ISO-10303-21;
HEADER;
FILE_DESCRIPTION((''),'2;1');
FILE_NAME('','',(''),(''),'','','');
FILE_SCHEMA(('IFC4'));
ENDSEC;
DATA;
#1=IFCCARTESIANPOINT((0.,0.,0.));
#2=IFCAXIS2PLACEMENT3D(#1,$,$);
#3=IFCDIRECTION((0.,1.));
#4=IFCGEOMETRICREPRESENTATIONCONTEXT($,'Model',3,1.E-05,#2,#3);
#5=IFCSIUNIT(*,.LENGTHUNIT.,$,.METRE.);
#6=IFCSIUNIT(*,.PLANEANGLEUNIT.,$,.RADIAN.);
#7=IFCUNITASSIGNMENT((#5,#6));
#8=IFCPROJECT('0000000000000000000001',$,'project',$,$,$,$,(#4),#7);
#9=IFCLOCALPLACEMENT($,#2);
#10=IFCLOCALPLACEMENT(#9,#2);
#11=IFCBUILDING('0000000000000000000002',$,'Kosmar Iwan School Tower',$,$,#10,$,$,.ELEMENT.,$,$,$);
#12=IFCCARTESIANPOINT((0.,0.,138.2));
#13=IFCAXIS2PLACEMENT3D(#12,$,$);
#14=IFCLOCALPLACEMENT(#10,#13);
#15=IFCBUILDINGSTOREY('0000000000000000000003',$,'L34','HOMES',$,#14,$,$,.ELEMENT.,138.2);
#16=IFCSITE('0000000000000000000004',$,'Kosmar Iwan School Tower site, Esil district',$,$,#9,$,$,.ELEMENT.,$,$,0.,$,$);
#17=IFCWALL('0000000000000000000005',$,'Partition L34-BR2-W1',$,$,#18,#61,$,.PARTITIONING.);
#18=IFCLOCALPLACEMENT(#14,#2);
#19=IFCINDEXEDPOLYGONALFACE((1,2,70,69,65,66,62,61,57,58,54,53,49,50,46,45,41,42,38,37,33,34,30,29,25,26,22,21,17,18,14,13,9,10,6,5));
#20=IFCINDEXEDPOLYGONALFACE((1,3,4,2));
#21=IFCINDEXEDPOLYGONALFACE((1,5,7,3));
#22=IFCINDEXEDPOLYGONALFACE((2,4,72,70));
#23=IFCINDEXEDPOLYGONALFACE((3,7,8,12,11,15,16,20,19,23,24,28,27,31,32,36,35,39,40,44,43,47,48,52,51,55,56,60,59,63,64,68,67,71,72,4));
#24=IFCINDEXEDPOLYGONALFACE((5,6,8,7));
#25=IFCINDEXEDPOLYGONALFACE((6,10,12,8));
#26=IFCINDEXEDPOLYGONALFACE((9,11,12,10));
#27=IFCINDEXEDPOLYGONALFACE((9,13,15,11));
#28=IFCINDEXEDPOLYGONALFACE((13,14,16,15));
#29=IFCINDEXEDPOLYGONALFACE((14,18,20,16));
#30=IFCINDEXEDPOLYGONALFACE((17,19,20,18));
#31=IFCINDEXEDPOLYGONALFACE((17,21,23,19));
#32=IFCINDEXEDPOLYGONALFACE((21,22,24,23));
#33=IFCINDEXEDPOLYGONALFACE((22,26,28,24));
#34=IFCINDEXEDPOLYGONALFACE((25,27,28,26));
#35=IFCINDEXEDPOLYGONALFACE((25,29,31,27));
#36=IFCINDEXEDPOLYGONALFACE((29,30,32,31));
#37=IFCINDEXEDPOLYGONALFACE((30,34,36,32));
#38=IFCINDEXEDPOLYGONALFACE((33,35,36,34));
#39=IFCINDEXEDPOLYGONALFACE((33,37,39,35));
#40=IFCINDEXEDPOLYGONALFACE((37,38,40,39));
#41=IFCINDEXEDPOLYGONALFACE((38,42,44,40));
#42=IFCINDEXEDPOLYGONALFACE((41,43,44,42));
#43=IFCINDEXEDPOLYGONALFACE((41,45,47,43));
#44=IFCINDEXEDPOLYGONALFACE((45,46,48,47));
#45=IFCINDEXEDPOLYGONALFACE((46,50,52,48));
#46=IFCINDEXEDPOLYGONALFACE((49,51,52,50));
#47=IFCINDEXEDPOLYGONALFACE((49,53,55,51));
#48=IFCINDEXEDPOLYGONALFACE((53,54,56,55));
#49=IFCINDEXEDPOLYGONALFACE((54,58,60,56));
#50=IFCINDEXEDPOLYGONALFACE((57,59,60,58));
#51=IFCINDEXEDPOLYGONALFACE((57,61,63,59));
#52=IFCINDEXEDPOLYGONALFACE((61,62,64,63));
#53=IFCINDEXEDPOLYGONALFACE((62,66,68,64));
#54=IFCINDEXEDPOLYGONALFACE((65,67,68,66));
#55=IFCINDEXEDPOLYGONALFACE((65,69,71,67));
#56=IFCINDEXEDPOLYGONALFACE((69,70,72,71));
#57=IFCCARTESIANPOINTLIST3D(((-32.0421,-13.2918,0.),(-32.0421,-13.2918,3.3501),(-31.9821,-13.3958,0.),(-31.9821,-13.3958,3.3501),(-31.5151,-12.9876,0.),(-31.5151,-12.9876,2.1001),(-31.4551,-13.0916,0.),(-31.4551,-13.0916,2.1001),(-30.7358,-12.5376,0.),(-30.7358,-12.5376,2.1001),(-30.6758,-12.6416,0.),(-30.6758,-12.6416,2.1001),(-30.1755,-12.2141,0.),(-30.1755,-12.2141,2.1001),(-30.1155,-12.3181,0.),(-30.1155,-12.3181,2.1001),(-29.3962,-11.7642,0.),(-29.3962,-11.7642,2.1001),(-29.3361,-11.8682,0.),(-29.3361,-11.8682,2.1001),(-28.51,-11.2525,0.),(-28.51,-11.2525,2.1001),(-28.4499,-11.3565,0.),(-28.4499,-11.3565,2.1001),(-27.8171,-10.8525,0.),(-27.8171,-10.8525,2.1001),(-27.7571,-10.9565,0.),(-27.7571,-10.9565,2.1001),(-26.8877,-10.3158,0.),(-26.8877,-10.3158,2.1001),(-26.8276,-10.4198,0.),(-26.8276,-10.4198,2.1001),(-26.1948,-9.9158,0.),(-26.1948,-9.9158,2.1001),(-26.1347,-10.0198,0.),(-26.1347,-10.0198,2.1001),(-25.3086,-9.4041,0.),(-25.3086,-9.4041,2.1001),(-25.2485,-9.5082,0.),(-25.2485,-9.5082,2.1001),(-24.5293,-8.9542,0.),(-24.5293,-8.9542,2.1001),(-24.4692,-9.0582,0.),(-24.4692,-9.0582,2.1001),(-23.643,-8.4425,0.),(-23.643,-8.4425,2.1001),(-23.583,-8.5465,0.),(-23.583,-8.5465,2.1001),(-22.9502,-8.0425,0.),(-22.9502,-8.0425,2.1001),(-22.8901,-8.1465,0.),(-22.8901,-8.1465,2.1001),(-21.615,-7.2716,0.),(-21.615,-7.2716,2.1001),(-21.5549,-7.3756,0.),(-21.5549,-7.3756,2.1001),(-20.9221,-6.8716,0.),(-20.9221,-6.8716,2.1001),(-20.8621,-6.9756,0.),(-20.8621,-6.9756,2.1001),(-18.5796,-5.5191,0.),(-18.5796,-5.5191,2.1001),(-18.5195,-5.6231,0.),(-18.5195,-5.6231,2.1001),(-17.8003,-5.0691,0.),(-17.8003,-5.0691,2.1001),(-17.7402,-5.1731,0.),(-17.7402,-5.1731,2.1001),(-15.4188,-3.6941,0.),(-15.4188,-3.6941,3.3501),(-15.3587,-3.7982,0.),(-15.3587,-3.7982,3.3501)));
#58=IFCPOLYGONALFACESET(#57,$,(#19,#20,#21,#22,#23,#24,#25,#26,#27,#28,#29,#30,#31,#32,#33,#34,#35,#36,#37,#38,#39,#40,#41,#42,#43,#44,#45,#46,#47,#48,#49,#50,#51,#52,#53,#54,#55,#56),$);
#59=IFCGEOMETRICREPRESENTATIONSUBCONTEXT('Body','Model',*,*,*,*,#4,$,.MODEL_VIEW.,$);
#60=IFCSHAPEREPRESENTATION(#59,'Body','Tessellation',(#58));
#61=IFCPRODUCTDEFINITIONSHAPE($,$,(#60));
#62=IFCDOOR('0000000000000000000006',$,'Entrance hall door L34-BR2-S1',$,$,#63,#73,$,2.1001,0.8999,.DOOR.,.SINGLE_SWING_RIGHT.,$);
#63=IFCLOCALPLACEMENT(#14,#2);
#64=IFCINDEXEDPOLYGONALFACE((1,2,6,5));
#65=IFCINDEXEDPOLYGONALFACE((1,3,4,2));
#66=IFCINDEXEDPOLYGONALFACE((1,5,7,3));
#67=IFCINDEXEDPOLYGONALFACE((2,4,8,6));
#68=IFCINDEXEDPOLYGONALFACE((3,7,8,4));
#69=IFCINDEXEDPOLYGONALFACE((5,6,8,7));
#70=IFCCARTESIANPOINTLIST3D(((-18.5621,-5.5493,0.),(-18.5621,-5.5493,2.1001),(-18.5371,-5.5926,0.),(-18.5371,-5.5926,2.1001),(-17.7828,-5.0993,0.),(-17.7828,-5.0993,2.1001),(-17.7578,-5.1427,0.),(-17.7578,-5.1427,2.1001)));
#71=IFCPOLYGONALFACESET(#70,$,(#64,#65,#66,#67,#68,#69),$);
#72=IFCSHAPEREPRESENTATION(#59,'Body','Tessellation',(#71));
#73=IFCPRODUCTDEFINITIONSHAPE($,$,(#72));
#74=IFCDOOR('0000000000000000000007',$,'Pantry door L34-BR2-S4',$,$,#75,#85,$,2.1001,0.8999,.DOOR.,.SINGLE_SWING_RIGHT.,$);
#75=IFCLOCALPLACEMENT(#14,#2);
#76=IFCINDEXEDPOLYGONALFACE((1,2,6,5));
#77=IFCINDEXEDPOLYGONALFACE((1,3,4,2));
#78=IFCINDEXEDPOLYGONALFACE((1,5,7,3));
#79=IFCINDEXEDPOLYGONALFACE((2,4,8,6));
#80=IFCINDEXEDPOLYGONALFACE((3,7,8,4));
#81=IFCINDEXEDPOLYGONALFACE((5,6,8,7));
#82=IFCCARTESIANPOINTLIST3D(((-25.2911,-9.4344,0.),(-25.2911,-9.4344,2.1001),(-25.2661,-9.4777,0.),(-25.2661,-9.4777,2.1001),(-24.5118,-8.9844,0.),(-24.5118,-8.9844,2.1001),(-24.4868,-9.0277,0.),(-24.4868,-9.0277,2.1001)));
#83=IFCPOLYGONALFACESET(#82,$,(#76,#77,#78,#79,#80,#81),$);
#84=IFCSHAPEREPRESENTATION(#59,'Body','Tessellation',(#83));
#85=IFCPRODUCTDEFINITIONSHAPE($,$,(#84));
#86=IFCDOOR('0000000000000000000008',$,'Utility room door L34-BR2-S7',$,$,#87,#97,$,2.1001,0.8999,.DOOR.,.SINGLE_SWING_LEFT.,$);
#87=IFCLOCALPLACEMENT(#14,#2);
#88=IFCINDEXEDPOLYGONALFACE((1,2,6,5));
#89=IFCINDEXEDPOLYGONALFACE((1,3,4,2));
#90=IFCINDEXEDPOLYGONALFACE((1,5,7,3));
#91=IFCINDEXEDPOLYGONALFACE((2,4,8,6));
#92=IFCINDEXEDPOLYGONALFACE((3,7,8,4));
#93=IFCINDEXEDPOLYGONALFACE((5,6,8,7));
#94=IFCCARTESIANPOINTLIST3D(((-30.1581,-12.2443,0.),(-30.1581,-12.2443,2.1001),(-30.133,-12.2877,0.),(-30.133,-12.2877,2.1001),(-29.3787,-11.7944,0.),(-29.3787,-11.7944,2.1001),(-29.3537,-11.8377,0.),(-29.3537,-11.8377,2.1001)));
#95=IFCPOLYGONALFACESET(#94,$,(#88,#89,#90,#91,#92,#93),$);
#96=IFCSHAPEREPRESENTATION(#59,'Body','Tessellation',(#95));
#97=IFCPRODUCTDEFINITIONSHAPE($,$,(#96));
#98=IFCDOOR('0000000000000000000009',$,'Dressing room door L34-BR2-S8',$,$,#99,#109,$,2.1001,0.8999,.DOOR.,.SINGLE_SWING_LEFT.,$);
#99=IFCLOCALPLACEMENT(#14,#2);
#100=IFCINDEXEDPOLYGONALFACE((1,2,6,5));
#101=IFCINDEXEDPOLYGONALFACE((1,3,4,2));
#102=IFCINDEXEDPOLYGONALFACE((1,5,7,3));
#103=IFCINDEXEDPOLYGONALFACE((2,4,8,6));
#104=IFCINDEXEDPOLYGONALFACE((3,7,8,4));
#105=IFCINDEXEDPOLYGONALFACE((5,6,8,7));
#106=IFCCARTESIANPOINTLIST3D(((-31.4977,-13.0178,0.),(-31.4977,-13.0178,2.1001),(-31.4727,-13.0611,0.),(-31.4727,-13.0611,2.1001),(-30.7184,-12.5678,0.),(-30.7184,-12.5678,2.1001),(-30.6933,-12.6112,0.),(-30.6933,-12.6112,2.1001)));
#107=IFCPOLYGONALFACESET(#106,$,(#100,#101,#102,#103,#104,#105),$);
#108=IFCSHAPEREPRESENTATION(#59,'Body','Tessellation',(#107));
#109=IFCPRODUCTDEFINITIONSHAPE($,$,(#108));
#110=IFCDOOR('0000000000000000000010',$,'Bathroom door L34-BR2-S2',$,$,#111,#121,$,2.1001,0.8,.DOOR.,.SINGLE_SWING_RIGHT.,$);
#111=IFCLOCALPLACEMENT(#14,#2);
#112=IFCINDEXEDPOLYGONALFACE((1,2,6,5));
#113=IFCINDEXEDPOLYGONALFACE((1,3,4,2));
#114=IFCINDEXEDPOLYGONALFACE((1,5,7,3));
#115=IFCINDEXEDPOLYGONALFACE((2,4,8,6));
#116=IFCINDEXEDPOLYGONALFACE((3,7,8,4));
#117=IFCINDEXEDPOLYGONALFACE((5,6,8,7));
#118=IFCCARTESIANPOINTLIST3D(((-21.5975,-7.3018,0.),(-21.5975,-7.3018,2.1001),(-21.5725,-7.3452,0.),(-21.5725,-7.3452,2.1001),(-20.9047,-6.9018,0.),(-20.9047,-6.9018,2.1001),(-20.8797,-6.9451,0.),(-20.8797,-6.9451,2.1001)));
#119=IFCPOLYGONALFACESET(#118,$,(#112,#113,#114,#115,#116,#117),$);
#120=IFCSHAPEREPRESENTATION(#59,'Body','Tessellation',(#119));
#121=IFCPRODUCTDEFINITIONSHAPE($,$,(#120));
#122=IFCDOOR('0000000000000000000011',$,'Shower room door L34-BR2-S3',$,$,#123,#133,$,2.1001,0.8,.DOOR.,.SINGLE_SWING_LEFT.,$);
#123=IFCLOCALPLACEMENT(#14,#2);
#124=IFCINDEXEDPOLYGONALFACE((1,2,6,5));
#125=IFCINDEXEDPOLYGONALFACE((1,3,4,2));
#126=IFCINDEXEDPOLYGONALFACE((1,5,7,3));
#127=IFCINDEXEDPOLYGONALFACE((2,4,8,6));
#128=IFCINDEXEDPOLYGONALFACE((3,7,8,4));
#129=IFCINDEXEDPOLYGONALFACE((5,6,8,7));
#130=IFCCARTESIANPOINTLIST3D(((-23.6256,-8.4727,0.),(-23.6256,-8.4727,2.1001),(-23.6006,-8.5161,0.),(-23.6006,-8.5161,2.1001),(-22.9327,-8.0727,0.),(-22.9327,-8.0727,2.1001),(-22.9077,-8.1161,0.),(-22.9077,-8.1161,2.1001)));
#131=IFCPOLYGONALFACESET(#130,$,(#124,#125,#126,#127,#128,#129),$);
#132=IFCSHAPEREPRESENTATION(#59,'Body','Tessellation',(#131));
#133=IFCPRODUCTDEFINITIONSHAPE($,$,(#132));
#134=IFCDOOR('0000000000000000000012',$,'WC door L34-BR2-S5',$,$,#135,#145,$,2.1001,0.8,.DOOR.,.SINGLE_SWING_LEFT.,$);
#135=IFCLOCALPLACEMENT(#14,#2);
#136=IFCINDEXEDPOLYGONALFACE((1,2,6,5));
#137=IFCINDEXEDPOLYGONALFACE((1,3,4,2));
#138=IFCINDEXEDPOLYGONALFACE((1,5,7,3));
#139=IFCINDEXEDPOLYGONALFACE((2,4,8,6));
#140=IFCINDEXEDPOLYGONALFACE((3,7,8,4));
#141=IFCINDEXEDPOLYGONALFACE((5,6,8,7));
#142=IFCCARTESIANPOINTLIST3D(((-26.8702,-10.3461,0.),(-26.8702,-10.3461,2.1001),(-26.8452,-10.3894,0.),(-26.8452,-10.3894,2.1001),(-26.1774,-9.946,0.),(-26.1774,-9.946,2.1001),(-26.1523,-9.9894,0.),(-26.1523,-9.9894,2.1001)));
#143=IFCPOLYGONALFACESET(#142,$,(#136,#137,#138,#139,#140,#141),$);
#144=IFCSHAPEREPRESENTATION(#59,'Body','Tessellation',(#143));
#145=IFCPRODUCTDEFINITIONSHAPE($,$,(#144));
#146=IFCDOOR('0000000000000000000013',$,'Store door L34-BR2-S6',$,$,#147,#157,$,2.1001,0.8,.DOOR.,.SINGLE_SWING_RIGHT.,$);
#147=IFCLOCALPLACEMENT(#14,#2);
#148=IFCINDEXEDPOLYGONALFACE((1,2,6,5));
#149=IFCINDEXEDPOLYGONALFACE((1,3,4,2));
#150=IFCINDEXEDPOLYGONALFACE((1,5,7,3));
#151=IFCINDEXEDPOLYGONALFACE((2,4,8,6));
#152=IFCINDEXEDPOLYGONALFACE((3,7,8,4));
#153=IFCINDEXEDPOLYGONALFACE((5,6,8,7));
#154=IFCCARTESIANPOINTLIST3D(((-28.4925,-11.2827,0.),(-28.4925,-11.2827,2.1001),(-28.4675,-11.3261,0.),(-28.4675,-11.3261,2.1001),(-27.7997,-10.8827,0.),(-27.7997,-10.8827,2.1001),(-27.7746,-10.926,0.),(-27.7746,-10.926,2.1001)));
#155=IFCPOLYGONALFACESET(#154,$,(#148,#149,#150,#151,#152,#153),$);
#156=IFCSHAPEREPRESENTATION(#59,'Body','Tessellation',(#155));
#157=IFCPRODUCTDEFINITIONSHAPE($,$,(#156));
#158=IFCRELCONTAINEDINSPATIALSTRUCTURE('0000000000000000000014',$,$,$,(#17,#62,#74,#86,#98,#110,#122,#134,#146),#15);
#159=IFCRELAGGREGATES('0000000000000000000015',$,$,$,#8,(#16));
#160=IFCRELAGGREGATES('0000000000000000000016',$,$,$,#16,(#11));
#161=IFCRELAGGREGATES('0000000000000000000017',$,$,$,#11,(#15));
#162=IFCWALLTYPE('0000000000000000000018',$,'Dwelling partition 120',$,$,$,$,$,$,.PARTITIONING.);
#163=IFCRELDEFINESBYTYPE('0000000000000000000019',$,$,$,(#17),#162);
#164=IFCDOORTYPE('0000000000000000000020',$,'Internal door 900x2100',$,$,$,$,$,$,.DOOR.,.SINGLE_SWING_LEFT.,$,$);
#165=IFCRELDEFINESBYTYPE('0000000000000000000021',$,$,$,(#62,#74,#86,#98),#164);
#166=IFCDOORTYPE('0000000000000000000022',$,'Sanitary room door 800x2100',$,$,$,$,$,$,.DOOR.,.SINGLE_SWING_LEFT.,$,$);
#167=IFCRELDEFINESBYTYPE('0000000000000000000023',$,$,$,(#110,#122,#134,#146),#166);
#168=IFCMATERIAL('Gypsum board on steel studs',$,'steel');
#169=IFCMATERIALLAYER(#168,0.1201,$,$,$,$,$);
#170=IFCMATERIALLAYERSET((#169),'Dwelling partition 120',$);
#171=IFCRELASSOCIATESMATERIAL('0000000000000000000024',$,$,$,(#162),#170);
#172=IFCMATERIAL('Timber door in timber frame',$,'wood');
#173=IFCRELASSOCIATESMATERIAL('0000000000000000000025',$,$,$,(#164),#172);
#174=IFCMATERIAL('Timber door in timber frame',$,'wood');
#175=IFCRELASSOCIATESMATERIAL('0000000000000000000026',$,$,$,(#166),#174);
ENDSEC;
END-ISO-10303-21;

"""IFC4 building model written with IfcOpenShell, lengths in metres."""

from ifc_helpers import new_model, si_unit, direction, frame, frame_2d, origin, place, context, subcontext, project, spatial, rectangle, extrude, material, layer, layer_set, type_object, element, fill, save


model = new_model("IFC4")

# Units and contexts
model_context = context("Model", 3, precision=1e-05, world=origin(), true_north=direction((0.0, 1.0)))
body_context = subcontext(model_context, "Body", "Model", "MODEL_VIEW")
ifc_project = project(units=[si_unit("LENGTHUNIT", "METRE"), si_unit("PLANEANGLEUNIT", "RADIAN")], contexts=[model_context])

# Site, building, storey
site_placement = place(None, origin())
site = spatial("IfcSite", under=ifc_project, at=site_placement, Name="Kosmar Iwan School Tower site, Esil district", CompositionType="ELEMENT", RefElevation=0.0)
building_placement = place(site_placement, origin())
building = spatial("IfcBuilding", under=site, at=building_placement, Name="Kosmar Iwan School Tower", CompositionType="ELEMENT")
storey_placement = place(building_placement, frame((0.0, 0.0, 138.2)))
storey = spatial("IfcBuildingStorey", under=building, at=storey_placement, Name="L34", Description="HOMES", CompositionType="ELEMENT", Elevation=138.2)

# Wall, openings, doors
ifc_material_1 = material(Name="Gypsum board on steel studs", Category="steel")
ifc_layer_1 = layer(ifc_material_1, 0.1201)
ifc_layer_set_1 = layer_set([ifc_layer_1], Name="Dwelling partition 120")
wall_type_1 = type_object("IfcWallType", Name="Dwelling partition 120", PredefinedType="PARTITIONING", material=ifc_layer_set_1)
wall_1_placement = place(storey_placement, frame((-15.3887, -3.7461, 0.0), z_axis=(0.0, 0.0, 1.0), x_axis=(-0.866021, -0.500008, 0.0)))
wall_1 = element("IfcWall", 1, at=wall_1_placement, inside=storey, type_object=wall_type_1, Name="Partition L34-BR2-W1", PredefinedType="PARTITIONING", context=body_context, shape_type="SweptSolid", body=[
    extrude(rectangle(XDim=19.1951, YDim=0.1201, at=frame_2d((9.5977, 0.0))), origin(), (0.0, 0.0, 1.0), 3.3501),
])
opening_1_placement = place(wall_1_placement, frame((2.75, 0.0, 0.0)))
opening_1 = element("IfcOpeningElement", 2, at=opening_1_placement, cuts=wall_1, PredefinedType="OPENING", context=body_context, shape_type="SweptSolid", body=[
    extrude(rectangle(XDim=0.8999, YDim=2.1001, at=frame_2d((0.45, 1.05))), frame((0.0, 0.072, 0.0), z_axis=(0.0, -1.0, 0.0), x_axis=(1.0, 0.0, 0.0)), (0.0, 0.0, 1.0), 0.144),
])
opening_2_placement = place(wall_1_placement, frame((6.355, 0.0, 0.0)))
opening_2 = element("IfcOpeningElement", 3, at=opening_2_placement, cuts=wall_1, PredefinedType="OPENING", context=body_context, shape_type="SweptSolid", body=[
    extrude(rectangle(XDim=0.8, YDim=2.1001, at=frame_2d((0.3999, 1.05))), frame((0.0, 0.072, 0.0), z_axis=(0.0, -1.0, 0.0), x_axis=(1.0, 0.0, 0.0)), (0.0, 0.0, 1.0), 0.144),
])
opening_3_placement = place(wall_1_placement, frame((8.6968, 0.0, 0.0)))
opening_3 = element("IfcOpeningElement", 4, at=opening_3_placement, cuts=wall_1, PredefinedType="OPENING", context=body_context, shape_type="SweptSolid", body=[
    extrude(rectangle(XDim=0.8, YDim=2.1001, at=frame_2d((0.3999, 1.05))), frame((0.0, 0.072, 0.0), z_axis=(0.0, -1.0, 0.0), x_axis=(1.0, 0.0, 0.0)), (0.0, 0.0, 1.0), 0.144),
])
opening_4_placement = place(wall_1_placement, frame((10.52, 0.0, 0.0)))
opening_4 = element("IfcOpeningElement", 5, at=opening_4_placement, cuts=wall_1, PredefinedType="OPENING", context=body_context, shape_type="SweptSolid", body=[
    extrude(rectangle(XDim=0.8999, YDim=2.1001, at=frame_2d((0.45, 1.05))), frame((0.0, 0.072, 0.0), z_axis=(0.0, -1.0, 0.0), x_axis=(1.0, 0.0, 0.0)), (0.0, 0.0, 1.0), 0.144),
])
opening_5_placement = place(wall_1_placement, frame((12.4434, 0.0, 0.0)))
opening_5 = element("IfcOpeningElement", 6, at=opening_5_placement, cuts=wall_1, PredefinedType="OPENING", context=body_context, shape_type="SweptSolid", body=[
    extrude(rectangle(XDim=0.8, YDim=2.1001, at=frame_2d((0.3999, 1.05))), frame((0.0, 0.072, 0.0), z_axis=(0.0, -1.0, 0.0), x_axis=(1.0, 0.0, 0.0)), (0.0, 0.0, 1.0), 0.144),
])
opening_6_placement = place(wall_1_placement, frame((14.3167, 0.0, 0.0)))
opening_6 = element("IfcOpeningElement", 7, at=opening_6_placement, cuts=wall_1, PredefinedType="OPENING", context=body_context, shape_type="SweptSolid", body=[
    extrude(rectangle(XDim=0.8, YDim=2.1001, at=frame_2d((0.3999, 1.05))), frame((0.0, 0.072, 0.0), z_axis=(0.0, -1.0, 0.0), x_axis=(1.0, 0.0, 0.0)), (0.0, 0.0, 1.0), 0.144),
])
opening_7_placement = place(wall_1_placement, frame((16.1399, 0.0, 0.0)))
opening_7 = element("IfcOpeningElement", 8, at=opening_7_placement, cuts=wall_1, PredefinedType="OPENING", context=body_context, shape_type="SweptSolid", body=[
    extrude(rectangle(XDim=0.8999, YDim=2.1001, at=frame_2d((0.45, 1.05))), frame((0.0, 0.072, 0.0), z_axis=(0.0, -1.0, 0.0), x_axis=(1.0, 0.0, 0.0)), (0.0, 0.0, 1.0), 0.144),
])
opening_8_placement = place(wall_1_placement, frame((17.6868, 0.0, 0.0)))
opening_8 = element("IfcOpeningElement", 9, at=opening_8_placement, cuts=wall_1, PredefinedType="OPENING", context=body_context, shape_type="SweptSolid", body=[
    extrude(rectangle(XDim=0.8999, YDim=2.1001, at=frame_2d((0.45, 1.05))), frame((0.0, 0.072, 0.0), z_axis=(0.0, -1.0, 0.0), x_axis=(1.0, 0.0, 0.0)), (0.0, 0.0, 1.0), 0.144),
])
ifc_material_2 = material(Name="Timber door in timber frame", Category="wood")
door_type_1 = type_object("IfcDoorType", Name="Internal door 900x2100", OperationType="SINGLE_SWING_LEFT", PredefinedType="DOOR", material=ifc_material_2)
door_1_placement = place(opening_1_placement, origin())
door_1 = element("IfcDoor", 10, at=door_1_placement, inside=storey, type_object=door_type_1, Name="Entrance hall door L34-BR2-S1", OperationType="SINGLE_SWING_RIGHT", OverallHeight=2.1001, OverallWidth=0.8999, PredefinedType="DOOR", context=body_context, shape_type="SweptSolid", body=[
    extrude(rectangle(XDim=0.8999, YDim=2.1001, at=frame_2d((0.45, 1.05))), frame((0.0, 0.0249, 0.0), z_axis=(0.0, -1.0, 0.0), x_axis=(1.0, 0.0, 0.0)), (0.0, 0.0, 1.0), 0.05),
])
fill(opening_1, door_1)
door_2_placement = place(opening_4_placement, origin())
door_2 = element("IfcDoor", 11, at=door_2_placement, inside=storey, type_object=door_type_1, Name="Pantry door L34-BR2-S4", OperationType="SINGLE_SWING_RIGHT", OverallHeight=2.1001, OverallWidth=0.8999, PredefinedType="DOOR", context=body_context, shape_type="SweptSolid", body=[
    extrude(rectangle(XDim=0.8999, YDim=2.1001, at=frame_2d((0.45, 1.05))), frame((0.0, 0.0249, 0.0), z_axis=(0.0, -1.0, 0.0), x_axis=(1.0, 0.0, 0.0)), (0.0, 0.0, 1.0), 0.05),
])
fill(opening_4, door_2)
door_3_placement = place(opening_7_placement, origin())
door_3 = element("IfcDoor", 12, at=door_3_placement, inside=storey, type_object=door_type_1, Name="Utility room door L34-BR2-S7", OperationType="SINGLE_SWING_LEFT", OverallHeight=2.1001, OverallWidth=0.8999, PredefinedType="DOOR", context=body_context, shape_type="SweptSolid", body=[
    extrude(rectangle(XDim=0.8999, YDim=2.1001, at=frame_2d((0.45, 1.05))), frame((0.0, 0.0249, 0.0), z_axis=(0.0, -1.0, 0.0), x_axis=(1.0, 0.0, 0.0)), (0.0, 0.0, 1.0), 0.05),
])
fill(opening_7, door_3)
door_4_placement = place(opening_8_placement, origin())
door_4 = element("IfcDoor", 13, at=door_4_placement, inside=storey, type_object=door_type_1, Name="Dressing room door L34-BR2-S8", OperationType="SINGLE_SWING_LEFT", OverallHeight=2.1001, OverallWidth=0.8999, PredefinedType="DOOR", context=body_context, shape_type="SweptSolid", body=[
    extrude(rectangle(XDim=0.8999, YDim=2.1001, at=frame_2d((0.45, 1.05))), frame((0.0, 0.0249, 0.0), z_axis=(0.0, -1.0, 0.0), x_axis=(1.0, 0.0, 0.0)), (0.0, 0.0, 1.0), 0.05),
])
fill(opening_8, door_4)
ifc_material_3 = material(Name="Timber door in timber frame", Category="wood")
door_type_2 = type_object("IfcDoorType", Name="Sanitary room door 800x2100", OperationType="SINGLE_SWING_LEFT", PredefinedType="DOOR", material=ifc_material_3)
door_5_placement = place(opening_2_placement, origin())
door_5 = element("IfcDoor", 14, at=door_5_placement, inside=storey, type_object=door_type_2, Name="Bathroom door L34-BR2-S2", OperationType="SINGLE_SWING_RIGHT", OverallHeight=2.1001, OverallWidth=0.8, PredefinedType="DOOR", context=body_context, shape_type="SweptSolid", body=[
    extrude(rectangle(XDim=0.8, YDim=2.1001, at=frame_2d((0.3999, 1.05))), frame((0.0, 0.0249, 0.0), z_axis=(0.0, -1.0, 0.0), x_axis=(1.0, 0.0, 0.0)), (0.0, 0.0, 1.0), 0.05),
])
fill(opening_2, door_5)
door_6_placement = place(opening_3_placement, origin())
door_6 = element("IfcDoor", 15, at=door_6_placement, inside=storey, type_object=door_type_2, Name="Shower room door L34-BR2-S3", OperationType="SINGLE_SWING_LEFT", OverallHeight=2.1001, OverallWidth=0.8, PredefinedType="DOOR", context=body_context, shape_type="SweptSolid", body=[
    extrude(rectangle(XDim=0.8, YDim=2.1001, at=frame_2d((0.3999, 1.05))), frame((0.0, 0.0249, 0.0), z_axis=(0.0, -1.0, 0.0), x_axis=(1.0, 0.0, 0.0)), (0.0, 0.0, 1.0), 0.05),
])
fill(opening_3, door_6)
door_7_placement = place(opening_5_placement, origin())
door_7 = element("IfcDoor", 16, at=door_7_placement, inside=storey, type_object=door_type_2, Name="WC door L34-BR2-S5", OperationType="SINGLE_SWING_LEFT", OverallHeight=2.1001, OverallWidth=0.8, PredefinedType="DOOR", context=body_context, shape_type="SweptSolid", body=[
    extrude(rectangle(XDim=0.8, YDim=2.1001, at=frame_2d((0.3999, 1.05))), frame((0.0, 0.0249, 0.0), z_axis=(0.0, -1.0, 0.0), x_axis=(1.0, 0.0, 0.0)), (0.0, 0.0, 1.0), 0.05),
])
fill(opening_5, door_7)
door_8_placement = place(opening_6_placement, origin())
door_8 = element("IfcDoor", 17, at=door_8_placement, inside=storey, type_object=door_type_2, Name="Store door L34-BR2-S6", OperationType="SINGLE_SWING_RIGHT", OverallHeight=2.1001, OverallWidth=0.8, PredefinedType="DOOR", context=body_context, shape_type="SweptSolid", body=[
    extrude(rectangle(XDim=0.8, YDim=2.1001, at=frame_2d((0.3999, 1.05))), frame((0.0, 0.0249, 0.0), z_axis=(0.0, -1.0, 0.0), x_axis=(1.0, 0.0, 0.0)), (0.0, 0.0, 1.0), 0.05),
])
fill(opening_6, door_8)

save(model, "model.ifc")
